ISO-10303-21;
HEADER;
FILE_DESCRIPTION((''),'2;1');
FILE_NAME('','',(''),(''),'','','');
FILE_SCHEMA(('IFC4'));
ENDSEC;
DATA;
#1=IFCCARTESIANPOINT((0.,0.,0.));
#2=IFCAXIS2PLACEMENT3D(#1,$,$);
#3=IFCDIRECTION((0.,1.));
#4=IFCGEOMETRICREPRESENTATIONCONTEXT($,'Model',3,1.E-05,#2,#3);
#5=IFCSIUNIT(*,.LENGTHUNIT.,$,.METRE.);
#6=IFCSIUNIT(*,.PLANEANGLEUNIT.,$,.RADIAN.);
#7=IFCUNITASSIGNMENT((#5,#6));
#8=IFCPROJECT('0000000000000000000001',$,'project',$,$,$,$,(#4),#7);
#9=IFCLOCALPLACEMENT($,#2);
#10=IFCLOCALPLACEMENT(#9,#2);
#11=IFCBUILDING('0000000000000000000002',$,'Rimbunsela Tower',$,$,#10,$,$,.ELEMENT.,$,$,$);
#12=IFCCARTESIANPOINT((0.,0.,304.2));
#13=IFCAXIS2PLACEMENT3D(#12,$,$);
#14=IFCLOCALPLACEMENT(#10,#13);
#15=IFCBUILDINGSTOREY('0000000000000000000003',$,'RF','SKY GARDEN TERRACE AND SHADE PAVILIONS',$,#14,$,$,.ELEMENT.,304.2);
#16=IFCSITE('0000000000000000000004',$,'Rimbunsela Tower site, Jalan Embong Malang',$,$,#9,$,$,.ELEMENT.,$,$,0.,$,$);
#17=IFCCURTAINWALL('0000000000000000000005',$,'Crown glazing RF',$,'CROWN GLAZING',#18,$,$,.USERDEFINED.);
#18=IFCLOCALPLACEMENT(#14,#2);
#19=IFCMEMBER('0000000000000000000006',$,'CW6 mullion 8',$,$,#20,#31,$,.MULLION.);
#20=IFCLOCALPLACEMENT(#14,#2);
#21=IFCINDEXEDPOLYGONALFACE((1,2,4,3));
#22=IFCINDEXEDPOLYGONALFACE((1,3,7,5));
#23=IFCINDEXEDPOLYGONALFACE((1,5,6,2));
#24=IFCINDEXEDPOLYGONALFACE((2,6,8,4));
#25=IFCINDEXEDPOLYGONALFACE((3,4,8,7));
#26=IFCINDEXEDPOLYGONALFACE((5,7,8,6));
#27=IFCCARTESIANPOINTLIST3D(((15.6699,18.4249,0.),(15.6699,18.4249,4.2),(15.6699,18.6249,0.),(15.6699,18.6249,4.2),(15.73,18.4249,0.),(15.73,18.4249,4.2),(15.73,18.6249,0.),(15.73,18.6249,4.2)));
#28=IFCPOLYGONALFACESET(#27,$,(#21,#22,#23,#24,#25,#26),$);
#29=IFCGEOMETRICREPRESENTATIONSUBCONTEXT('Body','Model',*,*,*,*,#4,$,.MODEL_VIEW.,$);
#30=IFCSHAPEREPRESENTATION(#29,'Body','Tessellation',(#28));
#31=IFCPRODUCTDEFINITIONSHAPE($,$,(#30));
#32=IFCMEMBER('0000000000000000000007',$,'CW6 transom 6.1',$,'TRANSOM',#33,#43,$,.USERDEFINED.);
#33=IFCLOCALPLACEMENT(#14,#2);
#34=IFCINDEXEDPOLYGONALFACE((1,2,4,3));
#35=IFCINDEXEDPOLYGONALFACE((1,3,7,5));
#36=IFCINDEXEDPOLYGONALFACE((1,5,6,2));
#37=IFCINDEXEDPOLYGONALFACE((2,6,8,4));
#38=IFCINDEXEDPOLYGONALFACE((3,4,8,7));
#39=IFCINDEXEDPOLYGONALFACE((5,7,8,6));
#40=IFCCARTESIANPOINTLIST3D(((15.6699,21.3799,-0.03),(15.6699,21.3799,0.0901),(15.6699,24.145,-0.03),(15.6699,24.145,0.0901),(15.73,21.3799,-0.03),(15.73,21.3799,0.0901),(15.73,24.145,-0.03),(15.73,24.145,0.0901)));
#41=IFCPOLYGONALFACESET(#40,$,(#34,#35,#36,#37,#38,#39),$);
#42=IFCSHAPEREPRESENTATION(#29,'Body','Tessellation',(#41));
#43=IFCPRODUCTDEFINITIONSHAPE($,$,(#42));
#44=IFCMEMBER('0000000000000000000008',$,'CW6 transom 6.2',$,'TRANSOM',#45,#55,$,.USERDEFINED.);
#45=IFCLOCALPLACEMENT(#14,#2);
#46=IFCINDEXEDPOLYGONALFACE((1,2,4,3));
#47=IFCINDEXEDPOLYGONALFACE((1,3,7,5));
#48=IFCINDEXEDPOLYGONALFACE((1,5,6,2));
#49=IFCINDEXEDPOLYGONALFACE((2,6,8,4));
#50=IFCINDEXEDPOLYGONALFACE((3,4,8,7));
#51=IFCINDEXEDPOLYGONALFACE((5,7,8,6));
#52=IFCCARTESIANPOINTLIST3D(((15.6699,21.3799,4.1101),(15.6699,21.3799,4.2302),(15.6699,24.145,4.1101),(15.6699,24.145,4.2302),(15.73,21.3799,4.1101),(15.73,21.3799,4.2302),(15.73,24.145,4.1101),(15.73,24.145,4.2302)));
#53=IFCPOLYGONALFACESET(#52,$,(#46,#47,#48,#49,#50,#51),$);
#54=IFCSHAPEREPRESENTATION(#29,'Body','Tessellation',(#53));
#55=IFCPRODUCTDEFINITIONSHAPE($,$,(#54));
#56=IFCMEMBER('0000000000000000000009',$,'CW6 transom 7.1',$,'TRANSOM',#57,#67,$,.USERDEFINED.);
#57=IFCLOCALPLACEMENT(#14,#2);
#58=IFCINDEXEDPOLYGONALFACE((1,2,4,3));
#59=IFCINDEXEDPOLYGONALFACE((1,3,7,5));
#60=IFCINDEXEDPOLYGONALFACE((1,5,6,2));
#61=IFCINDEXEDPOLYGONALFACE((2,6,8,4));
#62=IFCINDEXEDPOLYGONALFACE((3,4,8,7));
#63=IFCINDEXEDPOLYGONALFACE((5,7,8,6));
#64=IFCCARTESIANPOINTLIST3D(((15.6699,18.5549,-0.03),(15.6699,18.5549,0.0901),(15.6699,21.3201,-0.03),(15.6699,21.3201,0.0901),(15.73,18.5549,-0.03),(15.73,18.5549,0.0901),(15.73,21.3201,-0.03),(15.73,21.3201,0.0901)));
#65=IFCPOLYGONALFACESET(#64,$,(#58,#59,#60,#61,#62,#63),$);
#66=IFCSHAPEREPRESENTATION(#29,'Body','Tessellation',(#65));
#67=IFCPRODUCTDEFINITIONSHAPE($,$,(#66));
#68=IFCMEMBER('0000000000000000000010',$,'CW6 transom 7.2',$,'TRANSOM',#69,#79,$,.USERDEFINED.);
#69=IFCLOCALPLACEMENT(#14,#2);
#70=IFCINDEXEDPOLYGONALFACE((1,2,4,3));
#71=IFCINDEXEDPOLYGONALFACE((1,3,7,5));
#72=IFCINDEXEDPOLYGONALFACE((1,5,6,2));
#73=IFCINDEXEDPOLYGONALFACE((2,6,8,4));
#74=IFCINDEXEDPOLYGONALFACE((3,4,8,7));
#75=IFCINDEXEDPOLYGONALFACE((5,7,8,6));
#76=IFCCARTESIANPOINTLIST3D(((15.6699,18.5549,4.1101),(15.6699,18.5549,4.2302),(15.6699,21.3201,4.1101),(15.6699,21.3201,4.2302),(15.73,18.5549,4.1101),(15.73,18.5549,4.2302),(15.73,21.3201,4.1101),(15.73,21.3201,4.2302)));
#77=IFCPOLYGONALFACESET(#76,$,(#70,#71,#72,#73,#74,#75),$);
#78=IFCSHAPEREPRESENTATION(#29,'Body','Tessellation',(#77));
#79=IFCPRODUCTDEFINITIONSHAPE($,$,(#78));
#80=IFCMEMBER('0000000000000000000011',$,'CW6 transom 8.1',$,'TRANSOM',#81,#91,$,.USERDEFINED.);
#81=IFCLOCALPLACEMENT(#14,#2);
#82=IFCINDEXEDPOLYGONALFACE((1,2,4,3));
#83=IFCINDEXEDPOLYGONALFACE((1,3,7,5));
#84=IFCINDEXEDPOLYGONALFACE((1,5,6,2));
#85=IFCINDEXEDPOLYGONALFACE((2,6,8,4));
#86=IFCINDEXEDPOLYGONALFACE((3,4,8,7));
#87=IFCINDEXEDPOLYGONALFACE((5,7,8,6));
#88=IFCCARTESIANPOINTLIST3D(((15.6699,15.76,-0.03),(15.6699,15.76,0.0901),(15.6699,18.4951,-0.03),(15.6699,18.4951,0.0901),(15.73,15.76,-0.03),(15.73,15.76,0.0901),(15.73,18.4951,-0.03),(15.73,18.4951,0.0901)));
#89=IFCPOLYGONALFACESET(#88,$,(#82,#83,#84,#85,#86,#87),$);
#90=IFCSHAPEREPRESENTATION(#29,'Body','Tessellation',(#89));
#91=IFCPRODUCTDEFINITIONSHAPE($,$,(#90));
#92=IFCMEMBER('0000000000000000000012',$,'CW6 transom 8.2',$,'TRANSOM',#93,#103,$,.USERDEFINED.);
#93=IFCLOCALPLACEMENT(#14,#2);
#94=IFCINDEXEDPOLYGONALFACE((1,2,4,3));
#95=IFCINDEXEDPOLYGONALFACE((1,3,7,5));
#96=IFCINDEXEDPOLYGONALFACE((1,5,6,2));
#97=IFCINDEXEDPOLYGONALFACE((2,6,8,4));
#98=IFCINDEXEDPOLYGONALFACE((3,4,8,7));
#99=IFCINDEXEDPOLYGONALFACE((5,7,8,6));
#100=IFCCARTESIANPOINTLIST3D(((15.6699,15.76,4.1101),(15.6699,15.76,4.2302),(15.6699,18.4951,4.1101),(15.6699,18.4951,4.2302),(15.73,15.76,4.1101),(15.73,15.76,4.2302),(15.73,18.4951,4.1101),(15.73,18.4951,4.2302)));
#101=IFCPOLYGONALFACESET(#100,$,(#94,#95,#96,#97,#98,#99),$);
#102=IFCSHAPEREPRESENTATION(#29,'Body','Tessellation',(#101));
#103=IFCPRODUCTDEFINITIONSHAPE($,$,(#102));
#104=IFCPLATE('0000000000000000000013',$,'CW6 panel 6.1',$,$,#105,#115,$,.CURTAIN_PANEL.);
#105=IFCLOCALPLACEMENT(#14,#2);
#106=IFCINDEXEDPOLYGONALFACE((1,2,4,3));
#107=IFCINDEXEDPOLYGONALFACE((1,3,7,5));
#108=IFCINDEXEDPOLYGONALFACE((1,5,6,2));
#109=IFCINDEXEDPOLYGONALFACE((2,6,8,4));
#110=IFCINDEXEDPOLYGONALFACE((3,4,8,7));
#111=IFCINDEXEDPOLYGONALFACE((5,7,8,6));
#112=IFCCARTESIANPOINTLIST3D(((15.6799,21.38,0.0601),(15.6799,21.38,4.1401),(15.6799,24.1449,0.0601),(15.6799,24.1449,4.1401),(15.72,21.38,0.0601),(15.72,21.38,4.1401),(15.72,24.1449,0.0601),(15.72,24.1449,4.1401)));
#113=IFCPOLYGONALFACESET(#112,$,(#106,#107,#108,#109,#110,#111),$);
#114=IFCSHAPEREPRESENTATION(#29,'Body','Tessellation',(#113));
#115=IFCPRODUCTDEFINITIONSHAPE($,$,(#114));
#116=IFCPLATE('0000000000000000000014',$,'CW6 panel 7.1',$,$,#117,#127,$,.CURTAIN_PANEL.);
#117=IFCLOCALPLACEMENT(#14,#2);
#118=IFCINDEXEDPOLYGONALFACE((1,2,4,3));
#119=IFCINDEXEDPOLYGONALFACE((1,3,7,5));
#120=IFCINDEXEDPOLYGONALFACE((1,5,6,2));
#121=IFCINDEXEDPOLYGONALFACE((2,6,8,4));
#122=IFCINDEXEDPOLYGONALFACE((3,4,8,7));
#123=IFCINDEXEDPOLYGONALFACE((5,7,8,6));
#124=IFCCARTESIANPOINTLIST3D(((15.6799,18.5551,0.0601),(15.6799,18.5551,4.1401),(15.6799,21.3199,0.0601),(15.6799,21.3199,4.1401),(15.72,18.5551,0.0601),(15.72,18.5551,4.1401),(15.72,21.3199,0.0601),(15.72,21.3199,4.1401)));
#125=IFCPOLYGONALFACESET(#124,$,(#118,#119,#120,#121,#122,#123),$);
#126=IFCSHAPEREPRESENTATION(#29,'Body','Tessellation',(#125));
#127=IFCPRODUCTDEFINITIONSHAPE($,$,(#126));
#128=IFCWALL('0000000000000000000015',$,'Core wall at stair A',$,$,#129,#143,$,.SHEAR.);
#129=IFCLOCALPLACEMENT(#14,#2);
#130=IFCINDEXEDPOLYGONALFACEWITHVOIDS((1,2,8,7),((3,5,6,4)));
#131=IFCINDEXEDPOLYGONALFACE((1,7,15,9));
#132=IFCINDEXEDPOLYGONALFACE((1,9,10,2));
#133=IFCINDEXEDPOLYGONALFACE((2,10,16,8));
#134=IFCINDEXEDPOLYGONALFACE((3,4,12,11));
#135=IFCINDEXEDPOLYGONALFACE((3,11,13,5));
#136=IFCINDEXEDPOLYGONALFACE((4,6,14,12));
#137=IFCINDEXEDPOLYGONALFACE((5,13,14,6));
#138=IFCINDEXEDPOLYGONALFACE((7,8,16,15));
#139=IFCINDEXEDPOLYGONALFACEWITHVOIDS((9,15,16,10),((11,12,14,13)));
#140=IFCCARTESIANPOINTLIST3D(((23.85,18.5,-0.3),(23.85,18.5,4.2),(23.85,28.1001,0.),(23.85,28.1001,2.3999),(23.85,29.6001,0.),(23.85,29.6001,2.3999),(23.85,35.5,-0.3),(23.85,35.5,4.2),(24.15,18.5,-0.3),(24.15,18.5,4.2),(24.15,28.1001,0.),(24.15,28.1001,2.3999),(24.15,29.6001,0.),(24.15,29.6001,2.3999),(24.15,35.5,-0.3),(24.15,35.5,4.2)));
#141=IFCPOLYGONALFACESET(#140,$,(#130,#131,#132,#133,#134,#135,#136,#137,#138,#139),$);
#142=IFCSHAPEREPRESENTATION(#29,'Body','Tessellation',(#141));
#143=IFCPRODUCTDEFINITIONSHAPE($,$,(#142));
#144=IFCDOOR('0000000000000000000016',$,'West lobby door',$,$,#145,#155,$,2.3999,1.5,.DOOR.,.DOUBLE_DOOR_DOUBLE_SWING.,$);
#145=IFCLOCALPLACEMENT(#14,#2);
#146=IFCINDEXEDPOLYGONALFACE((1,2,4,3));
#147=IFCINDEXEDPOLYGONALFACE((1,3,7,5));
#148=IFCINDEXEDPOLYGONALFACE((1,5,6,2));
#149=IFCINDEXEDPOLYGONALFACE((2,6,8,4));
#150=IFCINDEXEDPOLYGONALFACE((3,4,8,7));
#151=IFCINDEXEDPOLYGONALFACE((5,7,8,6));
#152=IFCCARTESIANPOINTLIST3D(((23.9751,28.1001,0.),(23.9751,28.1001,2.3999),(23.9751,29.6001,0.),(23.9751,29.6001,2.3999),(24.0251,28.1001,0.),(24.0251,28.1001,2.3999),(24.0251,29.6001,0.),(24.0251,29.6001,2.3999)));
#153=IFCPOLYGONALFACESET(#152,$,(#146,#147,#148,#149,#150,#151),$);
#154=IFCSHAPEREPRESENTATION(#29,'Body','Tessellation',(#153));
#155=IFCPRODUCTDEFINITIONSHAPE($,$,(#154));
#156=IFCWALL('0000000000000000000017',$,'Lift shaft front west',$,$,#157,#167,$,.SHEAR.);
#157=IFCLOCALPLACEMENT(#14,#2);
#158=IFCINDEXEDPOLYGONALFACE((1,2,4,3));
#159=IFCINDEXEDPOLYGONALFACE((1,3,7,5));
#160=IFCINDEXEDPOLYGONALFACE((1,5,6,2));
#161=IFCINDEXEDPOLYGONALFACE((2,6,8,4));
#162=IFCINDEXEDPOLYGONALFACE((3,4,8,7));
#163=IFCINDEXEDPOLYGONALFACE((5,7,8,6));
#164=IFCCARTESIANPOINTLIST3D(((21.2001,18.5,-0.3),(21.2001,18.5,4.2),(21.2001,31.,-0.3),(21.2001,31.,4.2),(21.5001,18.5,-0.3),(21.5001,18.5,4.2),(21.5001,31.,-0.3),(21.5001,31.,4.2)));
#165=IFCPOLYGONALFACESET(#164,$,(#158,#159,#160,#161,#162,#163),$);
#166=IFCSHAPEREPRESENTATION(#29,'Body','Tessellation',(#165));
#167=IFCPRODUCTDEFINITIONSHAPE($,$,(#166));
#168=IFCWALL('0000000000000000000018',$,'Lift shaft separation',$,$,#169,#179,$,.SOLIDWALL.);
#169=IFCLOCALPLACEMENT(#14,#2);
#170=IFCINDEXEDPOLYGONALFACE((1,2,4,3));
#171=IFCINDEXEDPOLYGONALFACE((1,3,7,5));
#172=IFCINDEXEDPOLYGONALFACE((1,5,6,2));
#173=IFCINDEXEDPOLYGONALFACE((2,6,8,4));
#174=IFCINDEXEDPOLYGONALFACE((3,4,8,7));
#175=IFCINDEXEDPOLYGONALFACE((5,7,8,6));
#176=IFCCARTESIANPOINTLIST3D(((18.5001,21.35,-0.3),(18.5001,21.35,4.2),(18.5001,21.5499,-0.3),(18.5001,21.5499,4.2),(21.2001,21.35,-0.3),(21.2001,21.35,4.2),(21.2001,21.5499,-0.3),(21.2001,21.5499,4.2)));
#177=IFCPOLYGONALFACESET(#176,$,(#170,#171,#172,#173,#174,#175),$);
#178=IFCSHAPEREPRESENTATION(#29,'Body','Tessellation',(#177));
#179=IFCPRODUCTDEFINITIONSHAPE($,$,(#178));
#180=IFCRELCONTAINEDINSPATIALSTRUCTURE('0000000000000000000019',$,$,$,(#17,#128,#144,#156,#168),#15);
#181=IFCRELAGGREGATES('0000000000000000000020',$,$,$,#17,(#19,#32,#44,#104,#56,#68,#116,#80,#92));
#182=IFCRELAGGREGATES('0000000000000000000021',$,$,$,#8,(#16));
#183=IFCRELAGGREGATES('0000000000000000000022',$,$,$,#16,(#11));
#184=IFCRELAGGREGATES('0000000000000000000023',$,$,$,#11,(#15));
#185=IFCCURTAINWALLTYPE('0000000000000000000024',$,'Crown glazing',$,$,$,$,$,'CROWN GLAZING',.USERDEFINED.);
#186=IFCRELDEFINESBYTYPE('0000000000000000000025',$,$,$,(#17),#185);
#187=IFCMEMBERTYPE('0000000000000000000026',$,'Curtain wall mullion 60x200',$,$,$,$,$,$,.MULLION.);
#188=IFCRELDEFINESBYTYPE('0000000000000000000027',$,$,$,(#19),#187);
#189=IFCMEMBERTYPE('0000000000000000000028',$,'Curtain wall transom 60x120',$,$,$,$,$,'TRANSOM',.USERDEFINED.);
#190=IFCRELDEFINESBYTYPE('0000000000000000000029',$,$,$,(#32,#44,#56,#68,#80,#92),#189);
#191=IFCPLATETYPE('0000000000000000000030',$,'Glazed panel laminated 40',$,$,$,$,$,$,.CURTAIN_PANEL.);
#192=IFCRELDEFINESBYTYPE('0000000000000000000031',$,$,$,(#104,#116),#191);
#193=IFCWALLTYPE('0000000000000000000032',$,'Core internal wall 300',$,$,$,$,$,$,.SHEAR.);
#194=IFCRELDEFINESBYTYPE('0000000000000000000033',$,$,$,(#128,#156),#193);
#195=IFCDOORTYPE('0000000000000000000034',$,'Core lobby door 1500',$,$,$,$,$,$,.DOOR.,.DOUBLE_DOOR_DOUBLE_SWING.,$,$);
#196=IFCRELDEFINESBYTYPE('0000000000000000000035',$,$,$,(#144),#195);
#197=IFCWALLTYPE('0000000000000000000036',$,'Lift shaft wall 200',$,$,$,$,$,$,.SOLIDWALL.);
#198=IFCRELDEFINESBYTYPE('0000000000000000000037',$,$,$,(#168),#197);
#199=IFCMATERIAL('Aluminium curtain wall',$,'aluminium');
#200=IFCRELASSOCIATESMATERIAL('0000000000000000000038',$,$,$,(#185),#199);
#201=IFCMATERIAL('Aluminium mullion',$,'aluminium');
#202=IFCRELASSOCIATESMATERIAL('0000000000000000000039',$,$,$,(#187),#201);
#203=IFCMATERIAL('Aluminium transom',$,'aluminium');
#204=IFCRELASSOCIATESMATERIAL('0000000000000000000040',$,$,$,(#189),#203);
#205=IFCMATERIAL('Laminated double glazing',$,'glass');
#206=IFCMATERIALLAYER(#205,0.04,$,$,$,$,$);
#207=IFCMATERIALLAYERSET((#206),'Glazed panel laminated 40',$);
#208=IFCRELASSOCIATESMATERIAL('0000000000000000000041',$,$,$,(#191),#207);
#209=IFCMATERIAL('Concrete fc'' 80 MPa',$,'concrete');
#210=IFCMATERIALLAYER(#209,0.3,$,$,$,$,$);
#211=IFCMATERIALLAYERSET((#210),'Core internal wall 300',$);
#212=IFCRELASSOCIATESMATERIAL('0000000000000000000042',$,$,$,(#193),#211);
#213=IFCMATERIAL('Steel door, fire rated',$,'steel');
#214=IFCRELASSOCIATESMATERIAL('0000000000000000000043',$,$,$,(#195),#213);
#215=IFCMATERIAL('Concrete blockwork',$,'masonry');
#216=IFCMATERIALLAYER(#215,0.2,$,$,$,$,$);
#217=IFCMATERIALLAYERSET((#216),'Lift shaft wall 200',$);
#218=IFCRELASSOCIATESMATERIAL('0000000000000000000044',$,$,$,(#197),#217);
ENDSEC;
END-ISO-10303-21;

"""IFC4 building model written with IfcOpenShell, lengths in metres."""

from ifc_helpers import new_model, si_unit, direction, frame, frame_2d, origin, origin_2d, place, context, subcontext, project, spatial, rectangle, extrude, material, layer, layer_set, material_profile, profile_set, type_object, element, fill, aggregate, save


model = new_model("IFC4")

# Units and contexts
model_context = context("Model", 3, precision=1e-05, world=origin(), true_north=direction((0.0, 1.0)))
body_context = subcontext(model_context, "Body", "Model", "MODEL_VIEW")
ifc_project = project(units=[si_unit("LENGTHUNIT", "METRE"), si_unit("PLANEANGLEUNIT", "RADIAN")], contexts=[model_context])

# Site, building, storey
site_placement = place(None, origin())
site = spatial("IfcSite", under=ifc_project, at=site_placement, Name="Rimbunsela Tower site, Jalan Embong Malang", CompositionType="ELEMENT", RefElevation=0.0)
building_placement = place(site_placement, origin())
building = spatial("IfcBuilding", under=site, at=building_placement, Name="Rimbunsela Tower", CompositionType="ELEMENT")
storey_placement = place(building_placement, frame((0.0, 0.0, 304.2)))
storey = spatial("IfcBuildingStorey", under=building, at=storey_placement, Name="RF", Description="SKY GARDEN TERRACE AND SHADE PAVILIONS", CompositionType="ELEMENT", Elevation=304.2)

# Curtain wall, members, plates
ifc_material_1 = material(Name="Aluminium curtain wall", Category="aluminium")
curtain_wall_type = type_object("IfcCurtainWallType", Name="Crown glazing", ElementType="CROWN GLAZING", PredefinedType="USERDEFINED", material=ifc_material_1)
curtain_wall_placement = place(storey_placement, origin())
curtain_wall = element("IfcCurtainWall", 1, at=curtain_wall_placement, inside=storey, type_object=curtain_wall_type, Name="Crown glazing RF", ObjectType="CROWN GLAZING", PredefinedType="USERDEFINED")
ifc_material_2 = material(Name="Aluminium mullion", Category="aluminium")
ifc_material_profile_1 = material_profile(ifc_material_2, rectangle(XDim=0.0601, YDim=0.2, at=origin_2d()), Name="Mullion 60x200")
ifc_profile_set_1 = profile_set([ifc_material_profile_1], Name="Aluminium mullion")
member_type_1 = type_object("IfcMemberType", Name="Curtain wall mullion 60x200", PredefinedType="MULLION", material=ifc_profile_set_1)
member_1_placement = place(storey_placement, frame((15.7, 18.5249, 0.0), z_axis=(0.0, 0.0, 1.0), x_axis=(1.0, 0.0, 0.0)))
member_1 = element("IfcMember", 2, at=member_1_placement, type_object=member_type_1, Name="CW6 mullion 8", PredefinedType="MULLION", context=body_context, shape_type="SweptSolid", body=[
    extrude(rectangle(XDim=0.0601, YDim=0.2, at=origin_2d()), origin(), (0.0, 0.0, 1.0), 4.2),
])
ifc_material_3 = material(Name="Aluminium transom", Category="aluminium")
ifc_material_profile_2 = material_profile(ifc_material_3, rectangle(XDim=0.0601, YDim=0.1201, at=origin_2d()), Name="Transom 60x120")
ifc_profile_set_2 = profile_set([ifc_material_profile_2], Name="Aluminium transom")
member_type_2 = type_object("IfcMemberType", Name="Curtain wall transom 60x120", ElementType="TRANSOM", PredefinedType="USERDEFINED", material=ifc_profile_set_2)
member_2_placement = place(storey_placement, frame((15.7, 24.145, 0.03), z_axis=(0.0, -1.0, 0.0), x_axis=(1.0, 0.0, 0.0)))
member_2 = element("IfcMember", 3, at=member_2_placement, type_object=member_type_2, Name="CW6 transom 6.1", ObjectType="TRANSOM", PredefinedType="USERDEFINED", context=body_context, shape_type="SweptSolid", body=[
    extrude(rectangle(XDim=0.0601, YDim=0.1201, at=origin_2d()), origin(), (0.0, 0.0, 1.0), 2.7651),
])
member_3_placement = place(storey_placement, frame((15.7, 24.145, 4.1702), z_axis=(0.0, -1.0, 0.0), x_axis=(1.0, 0.0, 0.0)))
member_3 = element("IfcMember", 4, at=member_3_placement, type_object=member_type_2, Name="CW6 transom 6.2", ObjectType="TRANSOM", PredefinedType="USERDEFINED", context=body_context, shape_type="SweptSolid", body=[
    extrude(rectangle(XDim=0.0601, YDim=0.1201, at=origin_2d()), origin(), (0.0, 0.0, 1.0), 2.7651),
])
member_4_placement = place(storey_placement, frame((15.7, 21.3201, 0.03), z_axis=(0.0, -1.0, 0.0), x_axis=(1.0, 0.0, 0.0)))
member_4 = element("IfcMember", 5, at=member_4_placement, type_object=member_type_2, Name="CW6 transom 7.1", ObjectType="TRANSOM", PredefinedType="USERDEFINED", context=body_context, shape_type="SweptSolid", body=[
    extrude(rectangle(XDim=0.0601, YDim=0.1201, at=origin_2d()), origin(), (0.0, 0.0, 1.0), 2.7651),
])
member_5_placement = place(storey_placement, frame((15.7, 21.3201, 4.1702), z_axis=(0.0, -1.0, 0.0), x_axis=(1.0, 0.0, 0.0)))
member_5 = element("IfcMember", 6, at=member_5_placement, type_object=member_type_2, Name="CW6 transom 7.2", ObjectType="TRANSOM", PredefinedType="USERDEFINED", context=body_context, shape_type="SweptSolid", body=[
    extrude(rectangle(XDim=0.0601, YDim=0.1201, at=origin_2d()), origin(), (0.0, 0.0, 1.0), 2.7651),
])
member_6_placement = place(storey_placement, frame((15.7, 18.4951, 0.03), z_axis=(0.0, -1.0, 0.0), x_axis=(1.0, 0.0, 0.0)))
member_6 = element("IfcMember", 7, at=member_6_placement, type_object=member_type_2, Name="CW6 transom 8.1", ObjectType="TRANSOM", PredefinedType="USERDEFINED", context=body_context, shape_type="SweptSolid", body=[
    extrude(rectangle(XDim=0.0601, YDim=0.1201, at=origin_2d()), origin(), (0.0, 0.0, 1.0), 2.7351),
])
member_7_placement = place(storey_placement, frame((15.7, 18.4951, 4.1702), z_axis=(0.0, -1.0, 0.0), x_axis=(1.0, 0.0, 0.0)))
member_7 = element("IfcMember", 8, at=member_7_placement, type_object=member_type_2, Name="CW6 transom 8.2", ObjectType="TRANSOM", PredefinedType="USERDEFINED", context=body_context, shape_type="SweptSolid", body=[
    extrude(rectangle(XDim=0.0601, YDim=0.1201, at=origin_2d()), origin(), (0.0, 0.0, 1.0), 2.7351),
])
ifc_material_4 = material(Name="Laminated double glazing", Category="glass")
ifc_layer_1 = layer(ifc_material_4, 0.04)
ifc_layer_set_1 = layer_set([ifc_layer_1], Name="Glazed panel laminated 40")
plate_type = type_object("IfcPlateType", Name="Glazed panel laminated 40", PredefinedType="CURTAIN_PANEL", material=ifc_layer_set_1)
plate_1_placement = place(storey_placement, frame((15.7, 22.7625, 0.0601), z_axis=(0.0, 0.0, 1.0), x_axis=(0.0, -1.0, 0.0)))
plate_1 = element("IfcPlate", 9, at=plate_1_placement, type_object=plate_type, Name="CW6 panel 6.1", PredefinedType="CURTAIN_PANEL", context=body_context, shape_type="SweptSolid", body=[
    extrude(rectangle(XDim=2.7649, YDim=0.04, at=origin_2d()), origin(), (0.0, 0.0, 1.0), 4.0801),
])
plate_2_placement = place(storey_placement, frame((15.7, 19.9375, 0.0601), z_axis=(0.0, 0.0, 1.0), x_axis=(0.0, -1.0, 0.0)))
plate_2 = element("IfcPlate", 10, at=plate_2_placement, type_object=plate_type, Name="CW6 panel 7.1", PredefinedType="CURTAIN_PANEL", context=body_context, shape_type="SweptSolid", body=[
    extrude(rectangle(XDim=2.7649, YDim=0.04, at=origin_2d()), origin(), (0.0, 0.0, 1.0), 4.0801),
])
aggregate(curtain_wall, [member_1, member_2, member_3, plate_1, member_4, member_5, plate_2, member_6, member_7])

# Wall, opening, door
ifc_material_5 = material(Name="Concrete fc' 80 MPa", Category="concrete")
ifc_layer_2 = layer(ifc_material_5, 0.3)
ifc_layer_set_2 = layer_set([ifc_layer_2], Name="Core internal wall 300")
wall_type_1 = type_object("IfcWallType", Name="Core internal wall 300", PredefinedType="SHEAR", material=ifc_layer_set_2)
wall_1_placement = place(storey_placement, frame((24.0, 18.5, -0.3), z_axis=(0.0, 0.0, 1.0), x_axis=(0.0, 1.0, 0.0)))
wall_1 = element("IfcWall", 11, at=wall_1_placement, inside=storey, type_object=wall_type_1, Name="Core wall at stair A", PredefinedType="SHEAR", context=body_context, shape_type="SweptSolid", body=[
    extrude(rectangle(XDim=17.0, YDim=0.3, at=frame_2d((8.5, 0.0))), origin(), (0.0, 0.0, 1.0), 4.5),
])
opening_placement = place(wall_1_placement, frame((9.6001, 0.0, 0.3)))
opening = element("IfcOpeningElement", 12, at=opening_placement, cuts=wall_1, PredefinedType="OPENING", context=body_context, shape_type="SweptSolid", body=[
    extrude(rectangle(XDim=1.5, YDim=2.3999, at=frame_2d((0.75, 1.2))), frame((0.0, 0.1599, 0.0), z_axis=(0.0, -1.0, 0.0), x_axis=(1.0, 0.0, 0.0)), (0.0, 0.0, 1.0), 0.3201),
])
ifc_material_6 = material(Name="Steel door, fire rated", Category="steel")
door_type = type_object("IfcDoorType", Name="Core lobby door 1500", OperationType="DOUBLE_DOOR_DOUBLE_SWING", PredefinedType="DOOR", material=ifc_material_6)
door_placement = place(opening_placement, origin())
door = element("IfcDoor", 13, at=door_placement, inside=storey, type_object=door_type, Name="West lobby door", OperationType="DOUBLE_DOOR_DOUBLE_SWING", OverallHeight=2.3999, OverallWidth=1.5, PredefinedType="DOOR", context=body_context, shape_type="SweptSolid", body=[
    extrude(rectangle(XDim=1.5, YDim=2.3999, at=frame_2d((0.75, 1.2))), frame((0.0, 0.0249, 0.0), z_axis=(0.0, -1.0, 0.0), x_axis=(1.0, 0.0, 0.0)), (0.0, 0.0, 1.0), 0.05),
])
fill(opening, door)

# Walls
wall_2_placement = place(storey_placement, frame((21.3501, 18.5, -0.3), z_axis=(0.0, 0.0, 1.0), x_axis=(0.0, 1.0, 0.0)))
element("IfcWall", 14, at=wall_2_placement, inside=storey, type_object=wall_type_1, Name="Lift shaft front west", PredefinedType="SHEAR", context=body_context, shape_type="SweptSolid", body=[
    extrude(rectangle(XDim=12.5, YDim=0.3, at=frame_2d((6.25, 0.0))), origin(), (0.0, 0.0, 1.0), 4.5),
])
ifc_material_7 = material(Name="Concrete blockwork", Category="masonry")
ifc_layer_3 = layer(ifc_material_7, 0.2)
ifc_layer_set_3 = layer_set([ifc_layer_3], Name="Lift shaft wall 200")
wall_type_2 = type_object("IfcWallType", Name="Lift shaft wall 200", PredefinedType="SOLIDWALL", material=ifc_layer_set_3)
for number, where, z_axis, x_axis, name in (
    (15, (18.5, 21.45, -0.3), (0.0, 0.0, 1.0), (1.0, 0.0, 0.0), "Lift shaft separation"),
):
    element("IfcWall", number, at=place(storey_placement, frame(where, z_axis=z_axis, x_axis=x_axis)), inside=storey, type_object=wall_type_2, Name=name, PredefinedType="SOLIDWALL", context=body_context, shape_type="SweptSolid", body=[
        extrude(rectangle(XDim=2.7, YDim=0.2, at=frame_2d((1.3501, 0.0))), origin(), (0.0, 0.0, 1.0), 4.5),
    ])

save(model, "model.ifc")
